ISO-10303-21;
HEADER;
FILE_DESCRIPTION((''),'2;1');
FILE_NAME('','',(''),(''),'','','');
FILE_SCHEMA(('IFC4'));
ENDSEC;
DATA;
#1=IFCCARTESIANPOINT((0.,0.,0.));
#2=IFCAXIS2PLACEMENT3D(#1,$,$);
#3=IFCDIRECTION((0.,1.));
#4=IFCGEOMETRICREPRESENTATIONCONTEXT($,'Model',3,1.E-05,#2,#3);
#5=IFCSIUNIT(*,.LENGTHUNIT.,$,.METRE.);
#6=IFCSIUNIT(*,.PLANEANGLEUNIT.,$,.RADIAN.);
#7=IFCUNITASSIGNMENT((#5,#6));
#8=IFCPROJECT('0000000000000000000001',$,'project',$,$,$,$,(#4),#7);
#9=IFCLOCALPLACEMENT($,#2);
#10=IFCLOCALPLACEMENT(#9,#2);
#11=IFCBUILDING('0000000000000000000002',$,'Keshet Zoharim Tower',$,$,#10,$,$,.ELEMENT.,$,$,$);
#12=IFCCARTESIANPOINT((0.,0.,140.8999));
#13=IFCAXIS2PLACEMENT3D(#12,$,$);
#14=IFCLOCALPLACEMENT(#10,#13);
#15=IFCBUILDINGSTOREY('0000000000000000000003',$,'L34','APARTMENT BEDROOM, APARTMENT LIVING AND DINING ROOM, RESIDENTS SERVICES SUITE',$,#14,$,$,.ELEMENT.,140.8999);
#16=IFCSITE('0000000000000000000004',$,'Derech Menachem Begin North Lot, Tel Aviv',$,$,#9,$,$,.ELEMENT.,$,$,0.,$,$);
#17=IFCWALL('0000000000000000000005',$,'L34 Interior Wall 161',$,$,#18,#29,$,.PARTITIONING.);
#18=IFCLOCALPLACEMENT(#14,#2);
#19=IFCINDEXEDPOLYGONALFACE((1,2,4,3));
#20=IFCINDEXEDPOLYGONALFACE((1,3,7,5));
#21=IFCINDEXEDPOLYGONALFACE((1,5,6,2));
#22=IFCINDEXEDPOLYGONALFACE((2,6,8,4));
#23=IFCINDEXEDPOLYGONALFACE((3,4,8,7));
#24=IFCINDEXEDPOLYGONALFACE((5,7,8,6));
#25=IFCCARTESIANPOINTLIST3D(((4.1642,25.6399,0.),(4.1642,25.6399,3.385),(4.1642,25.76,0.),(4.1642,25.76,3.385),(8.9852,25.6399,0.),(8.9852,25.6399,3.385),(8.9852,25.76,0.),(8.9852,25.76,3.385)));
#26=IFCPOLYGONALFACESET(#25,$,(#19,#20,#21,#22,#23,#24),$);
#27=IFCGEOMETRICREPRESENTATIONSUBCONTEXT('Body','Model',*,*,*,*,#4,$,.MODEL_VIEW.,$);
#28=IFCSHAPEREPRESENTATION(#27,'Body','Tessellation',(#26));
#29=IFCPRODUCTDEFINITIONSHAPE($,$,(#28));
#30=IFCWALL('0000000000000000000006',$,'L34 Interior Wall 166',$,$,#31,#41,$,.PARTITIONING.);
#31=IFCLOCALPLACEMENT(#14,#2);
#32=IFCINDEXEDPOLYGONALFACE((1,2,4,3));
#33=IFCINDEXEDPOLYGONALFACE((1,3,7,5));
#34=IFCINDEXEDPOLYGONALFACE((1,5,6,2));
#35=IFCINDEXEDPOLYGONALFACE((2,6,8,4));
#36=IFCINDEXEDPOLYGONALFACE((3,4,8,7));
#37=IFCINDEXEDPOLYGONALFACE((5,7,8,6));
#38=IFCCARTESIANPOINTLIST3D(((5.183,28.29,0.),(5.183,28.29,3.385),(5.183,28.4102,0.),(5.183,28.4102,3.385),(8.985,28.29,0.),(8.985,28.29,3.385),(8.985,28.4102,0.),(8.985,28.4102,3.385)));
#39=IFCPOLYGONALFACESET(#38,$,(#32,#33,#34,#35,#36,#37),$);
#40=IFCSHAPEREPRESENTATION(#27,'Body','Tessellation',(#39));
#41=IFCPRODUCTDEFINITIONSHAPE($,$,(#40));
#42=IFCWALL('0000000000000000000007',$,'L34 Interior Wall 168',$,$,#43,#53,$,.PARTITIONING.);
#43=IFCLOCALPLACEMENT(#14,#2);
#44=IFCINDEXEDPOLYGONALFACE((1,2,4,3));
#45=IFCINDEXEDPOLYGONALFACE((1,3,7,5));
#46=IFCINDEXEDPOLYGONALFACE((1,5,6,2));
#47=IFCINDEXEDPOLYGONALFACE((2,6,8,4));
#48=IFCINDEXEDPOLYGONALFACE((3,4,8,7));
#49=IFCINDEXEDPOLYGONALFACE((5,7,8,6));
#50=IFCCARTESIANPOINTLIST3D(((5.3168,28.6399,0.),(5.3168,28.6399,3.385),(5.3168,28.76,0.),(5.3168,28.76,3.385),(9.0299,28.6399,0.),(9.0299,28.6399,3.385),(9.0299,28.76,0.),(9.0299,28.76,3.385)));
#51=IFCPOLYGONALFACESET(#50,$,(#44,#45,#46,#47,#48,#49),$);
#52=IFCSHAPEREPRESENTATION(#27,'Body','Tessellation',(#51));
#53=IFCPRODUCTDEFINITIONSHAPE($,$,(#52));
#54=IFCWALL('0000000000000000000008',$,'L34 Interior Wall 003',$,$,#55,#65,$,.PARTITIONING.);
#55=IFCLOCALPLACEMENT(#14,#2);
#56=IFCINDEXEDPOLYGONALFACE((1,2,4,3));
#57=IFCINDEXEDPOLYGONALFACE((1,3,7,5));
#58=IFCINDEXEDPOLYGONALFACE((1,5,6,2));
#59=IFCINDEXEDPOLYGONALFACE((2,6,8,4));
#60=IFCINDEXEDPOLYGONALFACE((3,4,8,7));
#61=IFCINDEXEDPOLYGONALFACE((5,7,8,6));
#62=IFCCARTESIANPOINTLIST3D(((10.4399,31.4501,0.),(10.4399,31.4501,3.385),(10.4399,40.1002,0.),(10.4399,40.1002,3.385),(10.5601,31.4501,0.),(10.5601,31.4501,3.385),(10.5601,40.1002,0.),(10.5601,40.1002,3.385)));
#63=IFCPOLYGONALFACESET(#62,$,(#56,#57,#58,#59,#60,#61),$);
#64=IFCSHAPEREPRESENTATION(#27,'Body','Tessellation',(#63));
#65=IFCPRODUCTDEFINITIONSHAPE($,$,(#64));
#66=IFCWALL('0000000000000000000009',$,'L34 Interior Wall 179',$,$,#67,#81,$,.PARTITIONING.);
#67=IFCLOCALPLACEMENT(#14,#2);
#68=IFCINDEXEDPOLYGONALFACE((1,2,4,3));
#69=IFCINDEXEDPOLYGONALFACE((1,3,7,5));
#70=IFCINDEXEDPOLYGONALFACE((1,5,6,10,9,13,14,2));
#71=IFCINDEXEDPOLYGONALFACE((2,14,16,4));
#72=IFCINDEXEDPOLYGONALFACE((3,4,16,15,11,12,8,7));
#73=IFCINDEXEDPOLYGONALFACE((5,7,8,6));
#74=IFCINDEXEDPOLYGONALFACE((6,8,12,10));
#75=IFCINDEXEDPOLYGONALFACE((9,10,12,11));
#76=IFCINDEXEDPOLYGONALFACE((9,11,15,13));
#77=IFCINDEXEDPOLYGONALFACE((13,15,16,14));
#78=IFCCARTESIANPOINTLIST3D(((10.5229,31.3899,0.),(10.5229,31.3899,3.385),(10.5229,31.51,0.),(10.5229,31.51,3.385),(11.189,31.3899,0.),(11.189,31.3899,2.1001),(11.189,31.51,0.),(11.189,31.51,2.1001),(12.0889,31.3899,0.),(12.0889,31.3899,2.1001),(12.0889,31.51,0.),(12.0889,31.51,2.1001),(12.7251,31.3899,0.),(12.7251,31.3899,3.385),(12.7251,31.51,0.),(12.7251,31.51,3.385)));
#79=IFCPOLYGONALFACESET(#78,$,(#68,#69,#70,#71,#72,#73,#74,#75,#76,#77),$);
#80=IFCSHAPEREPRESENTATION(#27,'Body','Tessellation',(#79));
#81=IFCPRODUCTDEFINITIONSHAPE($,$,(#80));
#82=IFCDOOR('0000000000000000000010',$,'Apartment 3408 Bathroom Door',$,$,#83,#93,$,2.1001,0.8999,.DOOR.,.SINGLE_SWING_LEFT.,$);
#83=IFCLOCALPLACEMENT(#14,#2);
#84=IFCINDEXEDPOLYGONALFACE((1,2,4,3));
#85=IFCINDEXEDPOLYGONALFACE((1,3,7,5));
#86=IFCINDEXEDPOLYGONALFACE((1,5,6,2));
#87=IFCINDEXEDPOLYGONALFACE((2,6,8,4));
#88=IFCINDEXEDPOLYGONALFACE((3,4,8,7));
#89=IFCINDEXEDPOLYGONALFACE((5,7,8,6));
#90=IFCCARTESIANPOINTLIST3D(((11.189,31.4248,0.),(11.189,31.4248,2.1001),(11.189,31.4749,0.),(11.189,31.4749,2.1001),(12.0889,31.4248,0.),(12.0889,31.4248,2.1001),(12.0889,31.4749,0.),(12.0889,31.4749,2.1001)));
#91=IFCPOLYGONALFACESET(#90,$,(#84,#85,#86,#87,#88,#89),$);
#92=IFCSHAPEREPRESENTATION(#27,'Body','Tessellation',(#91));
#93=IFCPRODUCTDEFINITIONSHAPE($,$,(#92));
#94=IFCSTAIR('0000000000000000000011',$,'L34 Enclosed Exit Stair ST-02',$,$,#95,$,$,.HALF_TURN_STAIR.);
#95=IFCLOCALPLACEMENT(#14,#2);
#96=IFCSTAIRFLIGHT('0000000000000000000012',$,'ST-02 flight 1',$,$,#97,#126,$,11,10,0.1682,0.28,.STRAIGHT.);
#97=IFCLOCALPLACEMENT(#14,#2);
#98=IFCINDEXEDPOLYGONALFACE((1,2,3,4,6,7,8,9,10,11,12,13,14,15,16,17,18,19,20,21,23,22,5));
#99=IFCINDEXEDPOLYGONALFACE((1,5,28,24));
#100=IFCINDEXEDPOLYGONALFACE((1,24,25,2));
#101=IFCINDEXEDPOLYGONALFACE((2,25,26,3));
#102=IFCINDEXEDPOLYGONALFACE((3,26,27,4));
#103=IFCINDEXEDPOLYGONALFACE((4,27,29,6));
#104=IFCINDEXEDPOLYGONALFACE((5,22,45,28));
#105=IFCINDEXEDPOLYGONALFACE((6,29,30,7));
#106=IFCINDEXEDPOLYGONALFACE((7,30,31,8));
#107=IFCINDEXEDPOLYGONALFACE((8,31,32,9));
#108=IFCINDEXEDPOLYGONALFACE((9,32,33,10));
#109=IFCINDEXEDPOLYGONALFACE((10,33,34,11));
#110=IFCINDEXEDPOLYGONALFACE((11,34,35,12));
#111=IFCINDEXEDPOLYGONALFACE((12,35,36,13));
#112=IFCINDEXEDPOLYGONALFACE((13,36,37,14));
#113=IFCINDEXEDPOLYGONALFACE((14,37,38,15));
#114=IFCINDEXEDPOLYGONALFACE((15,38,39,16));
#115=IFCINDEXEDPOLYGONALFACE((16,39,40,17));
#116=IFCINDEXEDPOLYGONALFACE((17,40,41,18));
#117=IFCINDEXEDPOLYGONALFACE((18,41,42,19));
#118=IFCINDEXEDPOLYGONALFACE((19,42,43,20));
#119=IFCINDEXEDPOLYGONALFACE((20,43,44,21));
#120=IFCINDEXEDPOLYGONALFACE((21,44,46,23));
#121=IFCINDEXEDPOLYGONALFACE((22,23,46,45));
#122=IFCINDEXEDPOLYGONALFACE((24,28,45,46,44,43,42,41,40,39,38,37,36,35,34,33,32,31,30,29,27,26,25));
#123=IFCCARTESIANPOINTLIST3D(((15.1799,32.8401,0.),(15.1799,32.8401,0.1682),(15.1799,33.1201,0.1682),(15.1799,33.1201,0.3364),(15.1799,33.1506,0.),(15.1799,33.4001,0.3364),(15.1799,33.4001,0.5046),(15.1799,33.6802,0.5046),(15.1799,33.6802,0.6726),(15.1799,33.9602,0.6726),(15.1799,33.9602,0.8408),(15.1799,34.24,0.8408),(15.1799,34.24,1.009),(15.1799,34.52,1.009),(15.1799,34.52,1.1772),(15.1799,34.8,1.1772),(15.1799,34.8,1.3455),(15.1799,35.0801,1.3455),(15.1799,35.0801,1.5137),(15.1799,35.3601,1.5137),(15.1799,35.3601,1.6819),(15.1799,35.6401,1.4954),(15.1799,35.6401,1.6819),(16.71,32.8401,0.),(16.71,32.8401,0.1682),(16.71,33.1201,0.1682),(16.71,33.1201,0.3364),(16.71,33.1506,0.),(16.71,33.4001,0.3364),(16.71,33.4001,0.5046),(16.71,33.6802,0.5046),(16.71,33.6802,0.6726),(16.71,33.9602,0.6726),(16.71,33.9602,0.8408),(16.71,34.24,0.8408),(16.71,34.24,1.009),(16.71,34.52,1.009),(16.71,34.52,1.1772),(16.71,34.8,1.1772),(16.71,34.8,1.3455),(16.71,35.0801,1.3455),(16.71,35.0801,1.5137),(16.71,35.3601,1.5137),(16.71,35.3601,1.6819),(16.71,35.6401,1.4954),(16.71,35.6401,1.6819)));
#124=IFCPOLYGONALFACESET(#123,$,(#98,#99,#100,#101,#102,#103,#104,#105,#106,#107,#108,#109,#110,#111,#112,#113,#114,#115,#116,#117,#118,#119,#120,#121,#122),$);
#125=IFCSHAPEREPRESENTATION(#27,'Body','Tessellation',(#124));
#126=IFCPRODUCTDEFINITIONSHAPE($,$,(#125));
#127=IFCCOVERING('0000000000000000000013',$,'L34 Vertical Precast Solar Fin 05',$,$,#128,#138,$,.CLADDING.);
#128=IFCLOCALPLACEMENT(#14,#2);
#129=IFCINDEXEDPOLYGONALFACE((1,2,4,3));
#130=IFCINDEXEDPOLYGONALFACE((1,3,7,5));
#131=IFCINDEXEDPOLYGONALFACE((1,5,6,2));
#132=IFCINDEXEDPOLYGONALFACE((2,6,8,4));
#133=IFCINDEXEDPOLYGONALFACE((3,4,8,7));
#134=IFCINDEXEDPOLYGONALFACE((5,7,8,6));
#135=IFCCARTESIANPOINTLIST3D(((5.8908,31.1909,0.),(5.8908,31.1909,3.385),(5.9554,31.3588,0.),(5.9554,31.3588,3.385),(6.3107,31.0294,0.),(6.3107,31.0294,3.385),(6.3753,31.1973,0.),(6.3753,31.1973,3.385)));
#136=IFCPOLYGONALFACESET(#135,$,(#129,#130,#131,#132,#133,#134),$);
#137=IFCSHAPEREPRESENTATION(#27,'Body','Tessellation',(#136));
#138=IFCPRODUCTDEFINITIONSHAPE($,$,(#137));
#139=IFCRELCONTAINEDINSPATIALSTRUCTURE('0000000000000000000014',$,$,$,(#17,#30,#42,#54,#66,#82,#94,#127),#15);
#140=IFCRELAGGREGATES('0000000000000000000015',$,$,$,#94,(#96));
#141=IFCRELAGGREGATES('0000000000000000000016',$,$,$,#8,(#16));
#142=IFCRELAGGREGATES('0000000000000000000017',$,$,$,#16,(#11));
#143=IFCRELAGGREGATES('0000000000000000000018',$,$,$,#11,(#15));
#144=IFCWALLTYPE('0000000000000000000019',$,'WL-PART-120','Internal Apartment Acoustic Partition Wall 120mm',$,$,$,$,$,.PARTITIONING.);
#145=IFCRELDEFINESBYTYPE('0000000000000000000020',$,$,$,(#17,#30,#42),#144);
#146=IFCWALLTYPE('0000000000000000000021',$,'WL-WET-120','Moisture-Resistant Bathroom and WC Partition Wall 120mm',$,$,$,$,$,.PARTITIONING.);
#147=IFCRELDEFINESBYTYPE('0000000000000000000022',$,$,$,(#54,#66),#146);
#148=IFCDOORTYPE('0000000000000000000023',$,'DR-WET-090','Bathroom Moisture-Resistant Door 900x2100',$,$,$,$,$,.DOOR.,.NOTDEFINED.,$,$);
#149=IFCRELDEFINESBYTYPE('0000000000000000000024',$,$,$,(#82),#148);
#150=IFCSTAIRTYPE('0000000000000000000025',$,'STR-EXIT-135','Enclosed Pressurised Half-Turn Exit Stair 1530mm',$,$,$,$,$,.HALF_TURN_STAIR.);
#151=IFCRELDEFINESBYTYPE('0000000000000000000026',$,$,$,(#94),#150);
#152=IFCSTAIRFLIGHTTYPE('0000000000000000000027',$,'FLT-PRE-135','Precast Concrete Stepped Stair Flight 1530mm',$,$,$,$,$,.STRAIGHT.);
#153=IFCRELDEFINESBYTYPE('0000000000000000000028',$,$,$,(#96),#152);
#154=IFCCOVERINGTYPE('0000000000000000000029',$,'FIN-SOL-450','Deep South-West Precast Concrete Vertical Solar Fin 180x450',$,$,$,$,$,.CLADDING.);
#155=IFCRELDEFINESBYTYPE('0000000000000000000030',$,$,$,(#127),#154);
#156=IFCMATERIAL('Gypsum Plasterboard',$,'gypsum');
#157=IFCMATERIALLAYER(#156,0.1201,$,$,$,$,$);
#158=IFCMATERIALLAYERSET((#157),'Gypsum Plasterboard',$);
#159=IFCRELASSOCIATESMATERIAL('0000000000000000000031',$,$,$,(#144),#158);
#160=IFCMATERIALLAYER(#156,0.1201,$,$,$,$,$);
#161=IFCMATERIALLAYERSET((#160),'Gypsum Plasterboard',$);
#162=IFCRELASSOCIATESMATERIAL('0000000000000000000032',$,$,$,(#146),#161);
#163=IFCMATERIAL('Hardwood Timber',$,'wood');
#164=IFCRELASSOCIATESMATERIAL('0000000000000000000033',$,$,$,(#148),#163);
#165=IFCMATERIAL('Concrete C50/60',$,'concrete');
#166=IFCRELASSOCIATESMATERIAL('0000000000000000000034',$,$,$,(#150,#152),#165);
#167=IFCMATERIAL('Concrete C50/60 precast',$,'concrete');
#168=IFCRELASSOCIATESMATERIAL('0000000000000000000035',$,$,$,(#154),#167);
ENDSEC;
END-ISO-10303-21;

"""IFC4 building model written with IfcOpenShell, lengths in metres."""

from ifc_helpers import new_model, si_unit, direction, frame, frame_2d, origin, origin_2d, place, context, subcontext, project, spatial, polyline, rectangle, outline, extrude, material, layer, layer_set, type_object, element, fill, aggregate, save


model = new_model("IFC4")

# Units and contexts
model_context = context("Model", 3, precision=1e-05, world=origin(), true_north=direction((0.0, 1.0)))
body_context = subcontext(model_context, "Body", "Model", "MODEL_VIEW")
ifc_project = project(units=[si_unit("LENGTHUNIT", "METRE"), si_unit("PLANEANGLEUNIT", "RADIAN")], contexts=[model_context])

# Site, building, storey
site_placement = place(None, origin())
site = spatial("IfcSite", under=ifc_project, at=site_placement, Name="Derech Menachem Begin North Lot, Tel Aviv", CompositionType="ELEMENT", RefElevation=0.0)
building_placement = place(site_placement, origin())
building = spatial("IfcBuilding", under=site, at=building_placement, Name="Keshet Zoharim Tower", CompositionType="ELEMENT")
storey_placement = place(building_placement, frame((0.0, 0.0, 140.8999)))
storey = spatial("IfcBuildingStorey", under=building, at=storey_placement, Name="L34", Description="APARTMENT BEDROOM, APARTMENT LIVING AND DINING ROOM, RESIDENTS SERVICES SUITE", CompositionType="ELEMENT", Elevation=140.8999)

# Shared definitions
ifc_material_1 = material(Name="Hardwood Timber", Category="wood")

# Shared definitions
ifc_material_2 = material(Name="Gypsum Plasterboard", Category="gypsum")

# Walls
ifc_layer_1 = layer(ifc_material_2, 0.1201)
ifc_layer_set_1 = layer_set([ifc_layer_1], Name="Gypsum Plasterboard")
wall_type_1 = type_object("IfcWallType", Name="WL-PART-120", Description="Internal Apartment Acoustic Partition Wall 120mm", PredefinedType="PARTITIONING", material=ifc_layer_set_1)
wall_1_placement = place(storey_placement, frame((4.1641, 25.7, 0.0), z_axis=(0.0, 0.0, 1.0), x_axis=(1.0, 0.0, 0.0)))
element("IfcWall", 1, at=wall_1_placement, inside=storey, type_object=wall_type_1, Name="L34 Interior Wall 161", PredefinedType="PARTITIONING", context=body_context, shape_type="SweptSolid", body=[
    extrude(rectangle(XDim=4.821, YDim=0.1201, at=frame_2d((2.4106, 0.0))), origin(), (0.0, 0.0, 1.0), 3.385),
])
wall_2_placement = place(storey_placement, frame((5.1831, 28.3501, 0.0), z_axis=(0.0, 0.0, 1.0), x_axis=(1.0, 0.0, 0.0)))
element("IfcWall", 2, at=wall_2_placement, inside=storey, type_object=wall_type_1, Name="L34 Interior Wall 166", PredefinedType="PARTITIONING", context=body_context, shape_type="SweptSolid", body=[
    extrude(rectangle(XDim=3.802, YDim=0.1201, at=frame_2d((1.9009, 0.0))), origin(), (0.0, 0.0, 1.0), 3.385),
])
wall_3_placement = place(storey_placement, frame((5.3169, 28.7, 0.0), z_axis=(0.0, 0.0, 1.0), x_axis=(1.0, 0.0, 0.0)))
element("IfcWall", 3, at=wall_3_placement, inside=storey, type_object=wall_type_1, Name="L34 Interior Wall 168", PredefinedType="PARTITIONING", context=body_context, shape_type="SweptSolid", body=[
    extrude(rectangle(XDim=3.7131, YDim=0.1201, at=frame_2d((1.8564, 0.0))), origin(), (0.0, 0.0, 1.0), 3.385),
])

# Wall
ifc_layer_2 = layer(ifc_material_2, 0.1201)
ifc_layer_set_2 = layer_set([ifc_layer_2], Name="Gypsum Plasterboard")
wall_type_2 = type_object("IfcWallType", Name="WL-WET-120", Description="Moisture-Resistant Bathroom and WC Partition Wall 120mm", PredefinedType="PARTITIONING", material=ifc_layer_set_2)
wall_4_placement = place(storey_placement, frame((10.5, 31.45, 0.0), z_axis=(0.0, 0.0, 1.0), x_axis=(0.0, 1.0, 0.0)))
element("IfcWall", 4, at=wall_4_placement, inside=storey, type_object=wall_type_2, Name="L34 Interior Wall 003", PredefinedType="PARTITIONING", context=body_context, shape_type="SweptSolid", body=[
    extrude(rectangle(XDim=8.6501, YDim=0.1201, at=frame_2d((4.3252, 0.0))), origin(), (0.0, 0.0, 1.0), 3.385),
])

# Wall, opening, door
wall_5_placement = place(storey_placement, frame((10.5229, 31.45, 0.0), z_axis=(0.0, 0.0, 1.0), x_axis=(1.0, 0.0, 0.0)))
wall_5 = element("IfcWall", 5, at=wall_5_placement, inside=storey, type_object=wall_type_2, Name="L34 Interior Wall 179", PredefinedType="PARTITIONING", context=body_context, shape_type="SweptSolid", body=[
    extrude(rectangle(XDim=2.2021, YDim=0.1201, at=frame_2d((1.1011, 0.0))), origin(), (0.0, 0.0, 1.0), 3.385),
])
opening_1_placement = place(wall_5_placement, frame((0.666, 0.0, 0.0)))
opening_1 = element("IfcOpeningElement", 6, at=opening_1_placement, cuts=wall_5, PredefinedType="OPENING", context=body_context, shape_type="SweptSolid", body=[
    extrude(rectangle(XDim=0.8999, YDim=2.1001, at=frame_2d((0.45, 1.05))), frame((0.0, 0.0701, 0.0), z_axis=(0.0, -1.0, 0.0), x_axis=(1.0, 0.0, 0.0)), (0.0, 0.0, 1.0), 0.1401),
])
door_type_1 = type_object("IfcDoorType", Name="DR-WET-090", Description="Bathroom Moisture-Resistant Door 900x2100", OperationType="NOTDEFINED", PredefinedType="DOOR", material=ifc_material_1)
door_1_placement = place(opening_1_placement, origin())
door_1 = element("IfcDoor", 7, at=door_1_placement, inside=storey, type_object=door_type_1, Name="Apartment 3408 Bathroom Door", OperationType="SINGLE_SWING_LEFT", OverallHeight=2.1001, OverallWidth=0.8999, PredefinedType="DOOR", context=body_context, shape_type="SweptSolid", body=[
    extrude(rectangle(XDim=0.8999, YDim=2.1001, at=frame_2d((0.45, 1.05))), frame((0.0, 0.0249, 0.0), z_axis=(0.0, -1.0, 0.0), x_axis=(1.0, 0.0, 0.0)), (0.0, 0.0, 1.0), 0.05),
])
fill(opening_1, door_1)

# Stair, stair flight
ifc_material_3 = material(Name="Concrete C50/60", Category="concrete")
stair_type = type_object("IfcStairType", Name="STR-EXIT-135", Description="Enclosed Pressurised Half-Turn Exit Stair 1530mm", PredefinedType="HALF_TURN_STAIR", material=ifc_material_3)
stair_placement = place(storey_placement, origin())
stair = element("IfcStair", 8, at=stair_placement, inside=storey, type_object=stair_type, Name="L34 Enclosed Exit Stair ST-02", PredefinedType="HALF_TURN_STAIR")
stair_flight_type = type_object("IfcStairFlightType", Name="FLT-PRE-135", Description="Precast Concrete Stepped Stair Flight 1530mm", PredefinedType="STRAIGHT", material=ifc_material_3)
stair_flight_placement = place(storey_placement, frame((15.9451, 32.8401, 0.0), z_axis=(0.0, 0.0, 1.0), x_axis=(0.0, 1.0, 0.0)))
stair_flight = element("IfcStairFlight", 9, at=stair_flight_placement, type_object=stair_flight_type, Name="ST-02 flight 1", NumberOfRisers=11, NumberOfTreads=10, PredefinedType="STRAIGHT", RiserHeight=0.1682, TreadLength=0.28, context=body_context, shape_type="SweptSolid", body=[
    extrude(outline(polyline([(0.0, 0.0), (0.0, 0.1682), (0.28, 0.1682), (0.28, 0.3364), (0.5601, 0.3364), (0.5601, 0.5046), (0.8401, 0.5046), (0.8401, 0.6726), (1.1201, 0.6726), (1.1201, 0.8408), (1.3999, 0.8408), (1.3999, 1.009), (1.6799, 1.009), (1.6799, 1.1772), (1.96, 1.1772), (1.96, 1.3455), (2.24, 1.3455), (2.24, 1.5137), (2.52, 1.5137), (2.52, 1.6819), (2.8, 1.6819), (2.8, 1.8501), (2.8, 1.4954), (0.3105, 0.0), (0.0, 0.0)])), frame((0.0, 0.7651, 0.0), z_axis=(0.0, -1.0, 0.0), x_axis=(1.0, 0.0, 0.0)), (0.0, 0.0, 1.0), 1.53),
])
aggregate(stair, [stair_flight])

# Covering
ifc_material_4 = material(Name="Concrete C50/60 precast", Category="concrete")
covering_type = type_object("IfcCoveringType", Name="FIN-SOL-450", Description="Deep South-West Precast Concrete Vertical Solar Fin 180x450", PredefinedType="CLADDING", material=ifc_material_4)
covering_placement = place(storey_placement, frame((6.1331, 31.1941, 0.0), z_axis=(0.0, 0.0, 1.0), x_axis=(0.35899, 0.933341, 0.0)))
element("IfcCovering", 10, at=covering_placement, inside=storey, type_object=covering_type, Name="L34 Vertical Precast Solar Fin 05", PredefinedType="CLADDING", context=body_context, shape_type="SweptSolid", body=[
    extrude(rectangle(XDim=0.1799, YDim=0.45, at=origin_2d()), origin(), (0.0, 0.0, 1.0), 3.385),
])

save(model, "model.ifc")
